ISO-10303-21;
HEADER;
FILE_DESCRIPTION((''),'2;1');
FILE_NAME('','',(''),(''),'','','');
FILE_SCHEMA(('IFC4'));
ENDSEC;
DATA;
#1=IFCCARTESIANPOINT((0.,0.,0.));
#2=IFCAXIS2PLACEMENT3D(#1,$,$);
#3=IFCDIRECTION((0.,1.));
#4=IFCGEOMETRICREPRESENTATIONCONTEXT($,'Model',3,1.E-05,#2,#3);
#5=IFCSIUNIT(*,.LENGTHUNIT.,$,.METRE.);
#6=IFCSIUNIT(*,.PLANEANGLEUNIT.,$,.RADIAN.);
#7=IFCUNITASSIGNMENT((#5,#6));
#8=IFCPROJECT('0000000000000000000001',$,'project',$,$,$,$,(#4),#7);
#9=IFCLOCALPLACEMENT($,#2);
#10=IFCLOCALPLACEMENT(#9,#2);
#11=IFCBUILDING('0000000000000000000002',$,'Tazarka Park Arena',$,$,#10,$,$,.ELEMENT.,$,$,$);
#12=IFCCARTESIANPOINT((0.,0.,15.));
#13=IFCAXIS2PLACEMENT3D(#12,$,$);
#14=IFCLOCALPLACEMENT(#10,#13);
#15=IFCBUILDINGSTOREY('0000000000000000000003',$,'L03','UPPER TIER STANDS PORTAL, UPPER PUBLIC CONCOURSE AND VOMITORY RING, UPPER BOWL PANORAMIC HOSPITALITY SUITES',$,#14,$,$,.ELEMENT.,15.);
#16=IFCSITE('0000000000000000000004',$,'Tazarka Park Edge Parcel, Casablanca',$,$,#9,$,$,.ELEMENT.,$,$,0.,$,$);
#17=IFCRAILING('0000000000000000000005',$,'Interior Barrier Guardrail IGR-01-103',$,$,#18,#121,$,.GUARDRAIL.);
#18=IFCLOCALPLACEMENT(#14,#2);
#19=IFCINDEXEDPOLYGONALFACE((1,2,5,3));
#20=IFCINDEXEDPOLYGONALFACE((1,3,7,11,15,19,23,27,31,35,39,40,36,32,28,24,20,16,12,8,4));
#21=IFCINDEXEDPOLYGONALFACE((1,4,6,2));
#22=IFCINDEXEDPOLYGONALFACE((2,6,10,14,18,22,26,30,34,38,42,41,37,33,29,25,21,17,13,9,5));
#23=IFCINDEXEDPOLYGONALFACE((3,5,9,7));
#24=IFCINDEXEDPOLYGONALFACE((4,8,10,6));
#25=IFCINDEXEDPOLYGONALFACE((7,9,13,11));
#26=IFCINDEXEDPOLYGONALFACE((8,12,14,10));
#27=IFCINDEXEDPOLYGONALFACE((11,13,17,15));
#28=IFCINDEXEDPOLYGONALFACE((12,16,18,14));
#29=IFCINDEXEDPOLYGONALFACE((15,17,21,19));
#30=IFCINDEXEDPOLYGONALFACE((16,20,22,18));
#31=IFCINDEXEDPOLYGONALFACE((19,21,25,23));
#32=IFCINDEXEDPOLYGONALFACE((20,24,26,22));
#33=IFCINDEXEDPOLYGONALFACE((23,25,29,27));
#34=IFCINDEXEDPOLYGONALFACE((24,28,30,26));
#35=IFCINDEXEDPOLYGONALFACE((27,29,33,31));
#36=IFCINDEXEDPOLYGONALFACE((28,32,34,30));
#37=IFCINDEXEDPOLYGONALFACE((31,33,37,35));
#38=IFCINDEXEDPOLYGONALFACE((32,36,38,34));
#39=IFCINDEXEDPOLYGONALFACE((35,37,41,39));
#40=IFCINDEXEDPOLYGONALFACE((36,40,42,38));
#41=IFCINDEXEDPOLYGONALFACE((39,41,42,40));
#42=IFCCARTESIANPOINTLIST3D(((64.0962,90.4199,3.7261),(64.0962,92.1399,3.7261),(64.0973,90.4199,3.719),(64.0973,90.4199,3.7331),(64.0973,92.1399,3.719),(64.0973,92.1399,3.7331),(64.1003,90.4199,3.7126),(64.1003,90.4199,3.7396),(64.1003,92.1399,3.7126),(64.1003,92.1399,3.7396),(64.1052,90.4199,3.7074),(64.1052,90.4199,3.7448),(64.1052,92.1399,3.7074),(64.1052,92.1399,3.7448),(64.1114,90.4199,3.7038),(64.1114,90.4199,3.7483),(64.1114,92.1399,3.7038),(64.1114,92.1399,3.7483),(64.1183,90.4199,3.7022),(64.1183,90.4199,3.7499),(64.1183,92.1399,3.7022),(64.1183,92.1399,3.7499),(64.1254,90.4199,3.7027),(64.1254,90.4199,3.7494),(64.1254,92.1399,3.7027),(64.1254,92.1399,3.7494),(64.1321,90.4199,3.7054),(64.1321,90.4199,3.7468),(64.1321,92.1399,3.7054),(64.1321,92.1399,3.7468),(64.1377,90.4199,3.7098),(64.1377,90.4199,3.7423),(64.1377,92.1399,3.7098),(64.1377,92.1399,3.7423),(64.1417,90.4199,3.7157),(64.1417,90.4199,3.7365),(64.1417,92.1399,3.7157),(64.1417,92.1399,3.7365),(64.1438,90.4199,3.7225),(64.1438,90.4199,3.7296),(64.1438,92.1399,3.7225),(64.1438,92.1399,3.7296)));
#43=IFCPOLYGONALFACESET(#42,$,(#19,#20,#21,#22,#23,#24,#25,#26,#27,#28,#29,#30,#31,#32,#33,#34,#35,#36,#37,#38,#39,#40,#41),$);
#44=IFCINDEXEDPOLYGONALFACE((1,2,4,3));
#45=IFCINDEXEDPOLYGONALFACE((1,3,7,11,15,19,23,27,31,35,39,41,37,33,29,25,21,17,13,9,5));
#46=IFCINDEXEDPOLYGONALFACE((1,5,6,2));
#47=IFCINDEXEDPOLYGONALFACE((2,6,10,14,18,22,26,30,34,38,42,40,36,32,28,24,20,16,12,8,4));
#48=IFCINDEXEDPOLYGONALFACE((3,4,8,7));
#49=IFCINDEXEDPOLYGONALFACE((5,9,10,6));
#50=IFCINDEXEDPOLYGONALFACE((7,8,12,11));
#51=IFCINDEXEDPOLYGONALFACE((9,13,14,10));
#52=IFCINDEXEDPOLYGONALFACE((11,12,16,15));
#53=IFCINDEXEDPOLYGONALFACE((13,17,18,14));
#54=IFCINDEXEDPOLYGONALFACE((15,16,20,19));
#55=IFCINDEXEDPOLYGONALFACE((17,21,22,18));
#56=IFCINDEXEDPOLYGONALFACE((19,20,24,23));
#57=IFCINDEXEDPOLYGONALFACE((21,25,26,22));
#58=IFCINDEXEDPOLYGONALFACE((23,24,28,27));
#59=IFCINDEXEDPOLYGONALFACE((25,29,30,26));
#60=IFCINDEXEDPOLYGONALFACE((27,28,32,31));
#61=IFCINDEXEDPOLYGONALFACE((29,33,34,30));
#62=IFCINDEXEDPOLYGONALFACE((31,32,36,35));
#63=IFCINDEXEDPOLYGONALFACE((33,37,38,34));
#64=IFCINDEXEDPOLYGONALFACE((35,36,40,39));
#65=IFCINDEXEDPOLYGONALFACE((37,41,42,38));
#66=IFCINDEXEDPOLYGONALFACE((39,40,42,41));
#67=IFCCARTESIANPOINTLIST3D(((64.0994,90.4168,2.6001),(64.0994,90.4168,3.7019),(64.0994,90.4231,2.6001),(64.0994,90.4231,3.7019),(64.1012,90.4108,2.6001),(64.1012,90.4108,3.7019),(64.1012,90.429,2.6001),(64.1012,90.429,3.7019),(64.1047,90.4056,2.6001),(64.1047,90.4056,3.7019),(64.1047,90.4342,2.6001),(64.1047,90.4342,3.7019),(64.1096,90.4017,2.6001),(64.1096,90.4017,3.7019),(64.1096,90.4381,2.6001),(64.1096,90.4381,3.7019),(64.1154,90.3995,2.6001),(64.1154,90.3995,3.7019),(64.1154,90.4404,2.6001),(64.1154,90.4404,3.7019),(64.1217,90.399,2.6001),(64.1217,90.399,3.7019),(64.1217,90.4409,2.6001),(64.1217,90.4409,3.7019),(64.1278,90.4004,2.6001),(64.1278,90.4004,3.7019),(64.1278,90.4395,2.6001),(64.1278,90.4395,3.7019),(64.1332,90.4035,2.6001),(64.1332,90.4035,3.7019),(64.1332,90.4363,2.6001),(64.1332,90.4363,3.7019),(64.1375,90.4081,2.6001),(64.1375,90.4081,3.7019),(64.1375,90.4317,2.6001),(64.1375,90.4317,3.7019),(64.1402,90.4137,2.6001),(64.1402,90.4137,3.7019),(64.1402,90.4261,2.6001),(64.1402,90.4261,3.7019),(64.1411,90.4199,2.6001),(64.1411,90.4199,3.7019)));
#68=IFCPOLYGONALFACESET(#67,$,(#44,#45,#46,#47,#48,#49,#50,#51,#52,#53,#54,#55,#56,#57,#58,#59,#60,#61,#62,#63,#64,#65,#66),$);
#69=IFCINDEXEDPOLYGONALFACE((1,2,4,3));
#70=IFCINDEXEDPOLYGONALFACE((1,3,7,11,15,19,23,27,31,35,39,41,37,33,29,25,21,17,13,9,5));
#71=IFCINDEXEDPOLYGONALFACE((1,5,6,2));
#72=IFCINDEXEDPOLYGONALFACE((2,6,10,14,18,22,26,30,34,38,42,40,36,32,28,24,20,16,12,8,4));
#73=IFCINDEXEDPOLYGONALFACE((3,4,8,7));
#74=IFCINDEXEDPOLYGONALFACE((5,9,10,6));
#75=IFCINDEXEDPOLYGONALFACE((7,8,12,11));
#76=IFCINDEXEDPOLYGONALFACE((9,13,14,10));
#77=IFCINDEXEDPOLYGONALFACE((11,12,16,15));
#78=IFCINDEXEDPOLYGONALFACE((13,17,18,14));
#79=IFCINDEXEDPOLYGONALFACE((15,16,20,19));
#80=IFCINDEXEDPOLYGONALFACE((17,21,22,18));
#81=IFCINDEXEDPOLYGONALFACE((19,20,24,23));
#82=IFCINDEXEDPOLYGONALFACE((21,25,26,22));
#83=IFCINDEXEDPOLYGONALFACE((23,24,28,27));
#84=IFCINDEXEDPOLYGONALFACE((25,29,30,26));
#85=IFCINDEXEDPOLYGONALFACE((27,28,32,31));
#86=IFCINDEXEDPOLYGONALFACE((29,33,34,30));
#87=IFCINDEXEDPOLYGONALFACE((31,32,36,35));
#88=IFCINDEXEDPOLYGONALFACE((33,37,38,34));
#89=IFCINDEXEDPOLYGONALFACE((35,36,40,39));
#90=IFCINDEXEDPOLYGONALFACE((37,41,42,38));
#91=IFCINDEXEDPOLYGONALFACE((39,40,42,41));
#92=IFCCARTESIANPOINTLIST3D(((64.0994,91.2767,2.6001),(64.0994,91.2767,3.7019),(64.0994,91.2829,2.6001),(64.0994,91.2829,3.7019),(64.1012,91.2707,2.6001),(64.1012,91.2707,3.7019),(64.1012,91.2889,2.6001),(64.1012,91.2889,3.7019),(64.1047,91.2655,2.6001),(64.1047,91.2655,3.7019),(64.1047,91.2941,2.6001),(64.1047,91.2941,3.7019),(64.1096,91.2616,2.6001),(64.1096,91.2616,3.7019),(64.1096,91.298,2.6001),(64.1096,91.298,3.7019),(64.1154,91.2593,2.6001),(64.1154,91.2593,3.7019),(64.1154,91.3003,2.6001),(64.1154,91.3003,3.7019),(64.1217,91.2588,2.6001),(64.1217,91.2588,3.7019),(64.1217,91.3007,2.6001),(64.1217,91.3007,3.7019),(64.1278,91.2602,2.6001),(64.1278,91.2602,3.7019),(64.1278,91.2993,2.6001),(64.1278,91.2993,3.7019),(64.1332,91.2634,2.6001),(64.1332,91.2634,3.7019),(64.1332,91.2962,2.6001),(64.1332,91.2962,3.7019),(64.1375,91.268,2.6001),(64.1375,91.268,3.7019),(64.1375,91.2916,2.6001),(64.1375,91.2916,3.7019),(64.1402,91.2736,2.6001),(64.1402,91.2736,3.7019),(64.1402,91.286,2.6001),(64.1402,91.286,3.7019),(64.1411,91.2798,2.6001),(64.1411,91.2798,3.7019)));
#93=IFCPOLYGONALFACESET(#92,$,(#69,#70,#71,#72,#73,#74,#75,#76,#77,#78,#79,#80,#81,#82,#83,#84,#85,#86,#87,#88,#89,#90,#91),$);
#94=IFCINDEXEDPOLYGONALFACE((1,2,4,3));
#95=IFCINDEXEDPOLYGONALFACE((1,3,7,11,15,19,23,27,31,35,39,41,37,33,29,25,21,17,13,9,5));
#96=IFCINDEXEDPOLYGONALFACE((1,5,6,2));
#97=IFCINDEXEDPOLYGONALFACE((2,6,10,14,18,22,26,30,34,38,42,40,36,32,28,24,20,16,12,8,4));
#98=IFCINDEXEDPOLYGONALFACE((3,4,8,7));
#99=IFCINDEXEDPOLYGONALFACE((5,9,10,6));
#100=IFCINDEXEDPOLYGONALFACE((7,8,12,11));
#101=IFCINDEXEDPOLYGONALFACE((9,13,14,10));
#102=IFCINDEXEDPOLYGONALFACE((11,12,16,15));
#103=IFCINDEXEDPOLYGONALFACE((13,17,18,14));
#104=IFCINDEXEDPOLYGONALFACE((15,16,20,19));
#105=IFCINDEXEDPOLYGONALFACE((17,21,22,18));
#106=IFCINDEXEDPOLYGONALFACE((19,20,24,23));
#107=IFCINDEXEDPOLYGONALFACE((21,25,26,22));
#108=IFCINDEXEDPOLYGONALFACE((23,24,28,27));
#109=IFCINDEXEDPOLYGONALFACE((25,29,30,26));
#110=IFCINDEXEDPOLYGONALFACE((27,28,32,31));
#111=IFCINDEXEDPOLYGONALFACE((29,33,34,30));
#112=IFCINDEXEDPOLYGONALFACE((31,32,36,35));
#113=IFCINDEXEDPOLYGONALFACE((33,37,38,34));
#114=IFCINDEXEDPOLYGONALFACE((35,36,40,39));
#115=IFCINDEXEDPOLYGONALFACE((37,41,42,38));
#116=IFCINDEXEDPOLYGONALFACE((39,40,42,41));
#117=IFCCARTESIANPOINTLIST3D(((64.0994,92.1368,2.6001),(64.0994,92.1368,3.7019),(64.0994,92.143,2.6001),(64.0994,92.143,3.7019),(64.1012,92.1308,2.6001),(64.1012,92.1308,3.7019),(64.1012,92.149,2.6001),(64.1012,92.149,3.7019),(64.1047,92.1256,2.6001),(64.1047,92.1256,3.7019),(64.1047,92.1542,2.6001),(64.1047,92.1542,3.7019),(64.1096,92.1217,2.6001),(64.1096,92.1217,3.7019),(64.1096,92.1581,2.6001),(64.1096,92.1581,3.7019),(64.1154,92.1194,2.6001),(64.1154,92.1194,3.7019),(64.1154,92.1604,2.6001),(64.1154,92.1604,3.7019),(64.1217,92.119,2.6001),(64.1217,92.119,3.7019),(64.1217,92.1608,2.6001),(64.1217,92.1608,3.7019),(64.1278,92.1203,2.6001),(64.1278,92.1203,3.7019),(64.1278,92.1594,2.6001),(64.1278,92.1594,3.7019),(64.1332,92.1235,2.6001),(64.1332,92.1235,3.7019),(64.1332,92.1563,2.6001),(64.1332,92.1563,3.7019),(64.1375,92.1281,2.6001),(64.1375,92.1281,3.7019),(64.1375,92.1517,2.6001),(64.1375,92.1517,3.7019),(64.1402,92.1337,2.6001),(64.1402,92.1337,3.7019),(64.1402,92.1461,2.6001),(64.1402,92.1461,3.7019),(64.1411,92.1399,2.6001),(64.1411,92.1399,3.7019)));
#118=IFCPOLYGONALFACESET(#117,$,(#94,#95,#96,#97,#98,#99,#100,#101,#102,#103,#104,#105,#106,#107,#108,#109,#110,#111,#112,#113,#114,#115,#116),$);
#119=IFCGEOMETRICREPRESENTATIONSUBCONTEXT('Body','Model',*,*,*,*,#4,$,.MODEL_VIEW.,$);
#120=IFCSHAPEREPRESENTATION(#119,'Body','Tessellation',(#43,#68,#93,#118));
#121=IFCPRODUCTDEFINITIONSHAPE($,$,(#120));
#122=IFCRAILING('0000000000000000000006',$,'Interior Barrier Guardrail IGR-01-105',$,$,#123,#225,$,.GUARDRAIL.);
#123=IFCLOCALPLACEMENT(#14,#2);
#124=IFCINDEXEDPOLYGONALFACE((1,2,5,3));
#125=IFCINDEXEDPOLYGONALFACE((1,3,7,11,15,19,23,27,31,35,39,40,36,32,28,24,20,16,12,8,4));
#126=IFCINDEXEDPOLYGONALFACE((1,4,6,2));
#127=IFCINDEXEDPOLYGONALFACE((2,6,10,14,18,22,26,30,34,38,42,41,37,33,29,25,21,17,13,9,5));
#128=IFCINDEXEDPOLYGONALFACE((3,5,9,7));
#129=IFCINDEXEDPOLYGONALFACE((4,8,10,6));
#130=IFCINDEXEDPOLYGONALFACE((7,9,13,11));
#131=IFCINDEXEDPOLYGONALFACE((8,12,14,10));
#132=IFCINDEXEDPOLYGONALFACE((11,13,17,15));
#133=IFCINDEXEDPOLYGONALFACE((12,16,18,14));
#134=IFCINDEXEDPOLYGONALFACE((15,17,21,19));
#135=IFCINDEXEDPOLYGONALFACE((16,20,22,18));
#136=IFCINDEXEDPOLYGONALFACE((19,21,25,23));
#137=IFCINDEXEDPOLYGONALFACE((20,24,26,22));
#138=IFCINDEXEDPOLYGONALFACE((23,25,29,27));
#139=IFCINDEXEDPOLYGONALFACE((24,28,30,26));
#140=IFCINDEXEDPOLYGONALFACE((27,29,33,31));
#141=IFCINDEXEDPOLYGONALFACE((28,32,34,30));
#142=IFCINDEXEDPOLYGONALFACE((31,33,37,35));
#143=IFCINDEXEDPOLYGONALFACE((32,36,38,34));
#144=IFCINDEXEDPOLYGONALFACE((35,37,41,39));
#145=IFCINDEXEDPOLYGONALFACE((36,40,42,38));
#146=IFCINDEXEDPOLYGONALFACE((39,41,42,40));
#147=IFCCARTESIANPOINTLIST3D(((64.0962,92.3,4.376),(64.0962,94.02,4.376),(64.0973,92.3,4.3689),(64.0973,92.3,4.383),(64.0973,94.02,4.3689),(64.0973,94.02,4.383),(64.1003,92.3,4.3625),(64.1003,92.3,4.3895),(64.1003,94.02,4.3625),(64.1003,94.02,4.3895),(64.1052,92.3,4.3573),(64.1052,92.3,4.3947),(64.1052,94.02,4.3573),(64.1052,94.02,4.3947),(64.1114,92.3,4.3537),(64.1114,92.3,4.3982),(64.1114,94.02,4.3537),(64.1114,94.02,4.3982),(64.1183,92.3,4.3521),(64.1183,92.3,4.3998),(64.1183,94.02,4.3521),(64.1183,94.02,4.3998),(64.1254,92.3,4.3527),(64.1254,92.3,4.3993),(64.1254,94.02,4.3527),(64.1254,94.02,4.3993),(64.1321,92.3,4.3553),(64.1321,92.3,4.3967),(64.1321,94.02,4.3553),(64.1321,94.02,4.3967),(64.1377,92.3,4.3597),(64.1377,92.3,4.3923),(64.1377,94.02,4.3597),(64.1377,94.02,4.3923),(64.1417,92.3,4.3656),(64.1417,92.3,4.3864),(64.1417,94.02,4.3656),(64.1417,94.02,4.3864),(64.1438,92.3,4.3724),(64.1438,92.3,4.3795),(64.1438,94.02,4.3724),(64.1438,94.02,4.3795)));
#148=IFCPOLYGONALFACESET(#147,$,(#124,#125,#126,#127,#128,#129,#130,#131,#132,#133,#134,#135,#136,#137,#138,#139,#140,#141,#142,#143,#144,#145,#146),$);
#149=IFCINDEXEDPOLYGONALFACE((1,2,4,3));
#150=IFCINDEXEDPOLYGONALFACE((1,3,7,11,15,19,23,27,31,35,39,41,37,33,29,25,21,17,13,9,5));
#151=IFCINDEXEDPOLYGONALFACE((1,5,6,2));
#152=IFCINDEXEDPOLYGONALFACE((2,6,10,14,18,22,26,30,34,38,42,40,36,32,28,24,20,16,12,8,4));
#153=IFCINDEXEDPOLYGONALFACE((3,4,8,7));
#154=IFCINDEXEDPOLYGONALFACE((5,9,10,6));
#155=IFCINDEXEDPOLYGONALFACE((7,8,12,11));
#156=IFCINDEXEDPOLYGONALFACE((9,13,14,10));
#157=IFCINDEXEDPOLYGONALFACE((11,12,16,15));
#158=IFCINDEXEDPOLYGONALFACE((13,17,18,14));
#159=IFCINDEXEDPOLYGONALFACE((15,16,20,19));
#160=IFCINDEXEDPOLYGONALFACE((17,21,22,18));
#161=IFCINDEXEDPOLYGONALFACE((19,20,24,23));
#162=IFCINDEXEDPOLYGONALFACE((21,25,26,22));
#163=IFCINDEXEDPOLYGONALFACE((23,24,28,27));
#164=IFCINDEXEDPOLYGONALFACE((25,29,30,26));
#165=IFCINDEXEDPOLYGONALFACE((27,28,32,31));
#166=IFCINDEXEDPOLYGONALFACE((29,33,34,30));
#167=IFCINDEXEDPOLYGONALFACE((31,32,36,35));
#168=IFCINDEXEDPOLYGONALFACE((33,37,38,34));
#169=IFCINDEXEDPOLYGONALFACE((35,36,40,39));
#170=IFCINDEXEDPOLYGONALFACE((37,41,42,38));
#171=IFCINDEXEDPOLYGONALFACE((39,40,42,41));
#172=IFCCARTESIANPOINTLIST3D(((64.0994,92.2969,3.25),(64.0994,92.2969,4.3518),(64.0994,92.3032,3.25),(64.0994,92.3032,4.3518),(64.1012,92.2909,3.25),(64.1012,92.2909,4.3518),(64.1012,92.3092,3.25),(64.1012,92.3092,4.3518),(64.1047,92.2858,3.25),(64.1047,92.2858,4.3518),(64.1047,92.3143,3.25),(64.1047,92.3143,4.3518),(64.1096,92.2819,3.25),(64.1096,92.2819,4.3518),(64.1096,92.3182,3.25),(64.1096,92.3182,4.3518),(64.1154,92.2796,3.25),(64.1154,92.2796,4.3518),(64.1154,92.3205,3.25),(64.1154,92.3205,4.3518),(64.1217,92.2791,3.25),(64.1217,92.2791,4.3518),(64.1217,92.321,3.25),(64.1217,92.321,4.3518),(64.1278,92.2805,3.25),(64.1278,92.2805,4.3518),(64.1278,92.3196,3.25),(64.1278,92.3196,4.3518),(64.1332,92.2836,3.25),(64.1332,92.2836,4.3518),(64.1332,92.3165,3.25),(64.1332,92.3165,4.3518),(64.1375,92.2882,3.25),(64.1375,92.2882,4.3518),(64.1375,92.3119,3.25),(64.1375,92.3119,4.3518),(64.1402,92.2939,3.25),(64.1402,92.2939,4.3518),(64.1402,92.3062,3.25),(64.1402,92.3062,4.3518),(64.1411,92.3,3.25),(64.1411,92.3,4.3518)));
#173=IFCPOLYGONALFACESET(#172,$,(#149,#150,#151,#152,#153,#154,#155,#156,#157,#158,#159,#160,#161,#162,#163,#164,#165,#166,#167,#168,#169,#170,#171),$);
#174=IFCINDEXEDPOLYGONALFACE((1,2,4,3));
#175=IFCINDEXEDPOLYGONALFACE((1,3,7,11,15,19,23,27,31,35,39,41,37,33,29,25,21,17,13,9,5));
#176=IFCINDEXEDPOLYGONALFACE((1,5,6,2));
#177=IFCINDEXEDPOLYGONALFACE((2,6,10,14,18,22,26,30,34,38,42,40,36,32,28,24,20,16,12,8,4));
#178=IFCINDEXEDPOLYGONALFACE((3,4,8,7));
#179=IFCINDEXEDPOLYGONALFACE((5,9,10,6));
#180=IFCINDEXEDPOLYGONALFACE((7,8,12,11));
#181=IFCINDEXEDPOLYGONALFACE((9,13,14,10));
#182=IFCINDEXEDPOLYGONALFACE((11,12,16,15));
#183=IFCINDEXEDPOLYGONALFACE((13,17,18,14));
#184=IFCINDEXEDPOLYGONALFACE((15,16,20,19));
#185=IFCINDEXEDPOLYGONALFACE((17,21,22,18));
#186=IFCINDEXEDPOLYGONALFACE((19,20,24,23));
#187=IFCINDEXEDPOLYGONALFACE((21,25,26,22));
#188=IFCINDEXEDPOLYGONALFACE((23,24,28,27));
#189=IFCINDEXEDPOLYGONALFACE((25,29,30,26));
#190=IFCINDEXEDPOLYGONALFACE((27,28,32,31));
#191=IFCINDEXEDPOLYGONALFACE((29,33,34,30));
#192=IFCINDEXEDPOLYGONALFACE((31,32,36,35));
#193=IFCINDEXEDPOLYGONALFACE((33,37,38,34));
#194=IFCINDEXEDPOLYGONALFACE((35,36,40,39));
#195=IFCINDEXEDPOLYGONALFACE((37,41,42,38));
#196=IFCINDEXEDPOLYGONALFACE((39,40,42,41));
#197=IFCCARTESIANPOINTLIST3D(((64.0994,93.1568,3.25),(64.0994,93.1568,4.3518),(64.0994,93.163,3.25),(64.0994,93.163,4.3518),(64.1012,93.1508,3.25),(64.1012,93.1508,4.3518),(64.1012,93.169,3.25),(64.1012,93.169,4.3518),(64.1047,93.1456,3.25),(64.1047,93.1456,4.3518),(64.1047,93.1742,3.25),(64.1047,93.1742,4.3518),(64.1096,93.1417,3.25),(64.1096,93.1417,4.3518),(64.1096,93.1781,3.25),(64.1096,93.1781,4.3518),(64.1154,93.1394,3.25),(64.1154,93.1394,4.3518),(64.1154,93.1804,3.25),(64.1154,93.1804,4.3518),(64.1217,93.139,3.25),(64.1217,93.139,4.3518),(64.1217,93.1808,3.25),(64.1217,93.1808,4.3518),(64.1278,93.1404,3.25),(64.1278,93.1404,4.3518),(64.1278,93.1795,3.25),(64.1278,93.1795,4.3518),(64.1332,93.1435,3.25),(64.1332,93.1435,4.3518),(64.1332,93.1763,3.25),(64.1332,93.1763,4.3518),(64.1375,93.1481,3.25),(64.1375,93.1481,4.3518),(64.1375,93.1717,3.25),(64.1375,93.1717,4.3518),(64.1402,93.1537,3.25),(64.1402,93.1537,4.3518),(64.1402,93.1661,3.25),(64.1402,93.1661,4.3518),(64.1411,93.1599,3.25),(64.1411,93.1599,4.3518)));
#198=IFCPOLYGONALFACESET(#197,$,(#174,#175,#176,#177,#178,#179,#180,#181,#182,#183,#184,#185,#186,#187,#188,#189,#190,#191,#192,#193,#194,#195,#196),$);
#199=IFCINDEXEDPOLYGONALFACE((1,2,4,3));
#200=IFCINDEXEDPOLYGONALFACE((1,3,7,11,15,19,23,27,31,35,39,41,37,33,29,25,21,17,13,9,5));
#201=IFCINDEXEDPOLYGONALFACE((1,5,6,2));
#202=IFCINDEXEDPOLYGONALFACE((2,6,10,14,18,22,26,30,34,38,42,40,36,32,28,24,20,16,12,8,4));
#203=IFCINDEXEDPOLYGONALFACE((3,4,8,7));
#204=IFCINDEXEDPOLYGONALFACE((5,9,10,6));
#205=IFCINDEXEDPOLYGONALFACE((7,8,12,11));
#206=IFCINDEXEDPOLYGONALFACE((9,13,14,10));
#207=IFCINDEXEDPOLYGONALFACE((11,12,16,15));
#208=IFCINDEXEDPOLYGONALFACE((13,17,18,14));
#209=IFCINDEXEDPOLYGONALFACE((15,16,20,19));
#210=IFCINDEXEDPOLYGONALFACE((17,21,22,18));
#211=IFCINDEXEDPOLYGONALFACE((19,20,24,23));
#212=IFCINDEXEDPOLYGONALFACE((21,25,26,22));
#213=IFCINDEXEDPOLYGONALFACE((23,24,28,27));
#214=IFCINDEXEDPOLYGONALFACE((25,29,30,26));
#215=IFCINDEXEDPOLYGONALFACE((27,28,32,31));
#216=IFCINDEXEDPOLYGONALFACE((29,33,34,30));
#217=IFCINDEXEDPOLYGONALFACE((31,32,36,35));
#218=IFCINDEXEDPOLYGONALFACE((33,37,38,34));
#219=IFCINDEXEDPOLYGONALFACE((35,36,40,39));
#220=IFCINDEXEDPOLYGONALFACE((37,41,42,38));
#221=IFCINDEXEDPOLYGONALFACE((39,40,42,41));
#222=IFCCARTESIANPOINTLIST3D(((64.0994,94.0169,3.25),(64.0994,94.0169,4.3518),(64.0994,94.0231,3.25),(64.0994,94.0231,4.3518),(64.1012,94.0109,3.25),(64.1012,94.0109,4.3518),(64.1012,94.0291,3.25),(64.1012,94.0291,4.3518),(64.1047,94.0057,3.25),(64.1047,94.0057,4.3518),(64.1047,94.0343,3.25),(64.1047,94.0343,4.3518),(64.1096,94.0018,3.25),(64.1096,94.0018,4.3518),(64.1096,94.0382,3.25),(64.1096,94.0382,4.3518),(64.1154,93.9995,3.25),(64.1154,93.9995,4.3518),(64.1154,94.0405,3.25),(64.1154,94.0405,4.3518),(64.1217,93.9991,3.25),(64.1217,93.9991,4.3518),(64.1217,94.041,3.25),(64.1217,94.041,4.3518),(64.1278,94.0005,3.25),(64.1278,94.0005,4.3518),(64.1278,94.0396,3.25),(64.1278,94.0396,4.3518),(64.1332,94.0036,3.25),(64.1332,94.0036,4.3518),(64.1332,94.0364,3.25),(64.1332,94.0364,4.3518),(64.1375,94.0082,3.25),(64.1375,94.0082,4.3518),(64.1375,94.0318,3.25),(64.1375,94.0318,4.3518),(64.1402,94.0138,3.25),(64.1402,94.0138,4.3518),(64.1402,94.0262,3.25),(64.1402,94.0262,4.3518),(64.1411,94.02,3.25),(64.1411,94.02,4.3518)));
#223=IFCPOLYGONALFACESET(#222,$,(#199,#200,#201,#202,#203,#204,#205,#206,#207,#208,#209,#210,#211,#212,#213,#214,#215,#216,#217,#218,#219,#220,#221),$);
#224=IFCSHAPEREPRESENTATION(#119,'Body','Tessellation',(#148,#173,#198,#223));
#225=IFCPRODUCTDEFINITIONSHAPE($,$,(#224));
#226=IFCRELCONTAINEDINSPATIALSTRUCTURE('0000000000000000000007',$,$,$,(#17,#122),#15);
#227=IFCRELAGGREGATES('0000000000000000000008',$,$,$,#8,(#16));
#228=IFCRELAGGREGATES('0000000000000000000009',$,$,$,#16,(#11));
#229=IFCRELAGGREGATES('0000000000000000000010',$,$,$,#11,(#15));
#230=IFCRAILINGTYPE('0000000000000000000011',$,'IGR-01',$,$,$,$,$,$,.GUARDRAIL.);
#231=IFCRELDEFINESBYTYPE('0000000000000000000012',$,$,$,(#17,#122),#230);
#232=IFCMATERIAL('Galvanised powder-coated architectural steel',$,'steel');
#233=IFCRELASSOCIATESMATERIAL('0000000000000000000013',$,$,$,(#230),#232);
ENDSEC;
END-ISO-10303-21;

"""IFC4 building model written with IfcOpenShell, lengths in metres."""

from ifc_helpers import new_model, si_unit, direction, frame, origin, origin_2d, place, context, subcontext, project, spatial, circle, extrude, material, type_object, element, save


model = new_model("IFC4")

# Units and contexts
model_context = context("Model", 3, precision=1e-05, world=origin(), true_north=direction((0.0, 1.0)))
body_context = subcontext(model_context, "Body", "Model", "MODEL_VIEW")
ifc_project = project(units=[si_unit("LENGTHUNIT", "METRE"), si_unit("PLANEANGLEUNIT", "RADIAN")], contexts=[model_context])

# Site, building, storey
site_placement = place(None, origin())
site = spatial("IfcSite", under=ifc_project, at=site_placement, Name="Tazarka Park Edge Parcel, Casablanca", CompositionType="ELEMENT", RefElevation=0.0)
building_placement = place(site_placement, origin())
building = spatial("IfcBuilding", under=site, at=building_placement, Name="Tazarka Park Arena", CompositionType="ELEMENT")
storey_placement = place(building_placement, frame((0.0, 0.0, 15.0)))
storey = spatial("IfcBuildingStorey", under=building, at=storey_placement, Name="L03", Description="UPPER TIER STANDS PORTAL, UPPER PUBLIC CONCOURSE AND VOMITORY RING, UPPER BOWL PANORAMIC HOSPITALITY SUITES", CompositionType="ELEMENT", Elevation=15.0)

# Railings
ifc_material_1 = material(Name="Galvanised powder-coated architectural steel", Category="steel")
railing_type = type_object("IfcRailingType", Name="IGR-01", PredefinedType="GUARDRAIL", material=ifc_material_1)
for number, where, name in (
    (1, (64.1201, 90.4199, 2.6001), "Interior Barrier Guardrail IGR-01-103"),
    (2, (64.1201, 92.3, 3.25), "Interior Barrier Guardrail IGR-01-105"),
):
    element("IfcRailing", number, at=place(storey_placement, frame(where)), inside=storey, type_object=railing_type, Name=name, PredefinedType="GUARDRAIL", context=body_context, shape_type="SweptSolid", body=[
        extrude(circle(Radius=0.0239, at=origin_2d()), frame((0.0, 0.0, 1.126), z_axis=(0.0, 1.0, 0.0), x_axis=(-1.0, 0.0, 0.0)), (0.0, 0.0, 1.0), 1.72),
        extrude(circle(Radius=0.021, at=origin_2d()), origin(), (0.0, 0.0, 1.0), 1.1018),
        extrude(circle(Radius=0.021, at=origin_2d()), frame((0.0, 0.8599, 0.0)), (0.0, 0.0, 1.0), 1.1018),
        extrude(circle(Radius=0.021, at=origin_2d()), frame((0.0, 1.72, 0.0)), (0.0, 0.0, 1.0), 1.1018),
    ])

save(model, "model.ifc")
